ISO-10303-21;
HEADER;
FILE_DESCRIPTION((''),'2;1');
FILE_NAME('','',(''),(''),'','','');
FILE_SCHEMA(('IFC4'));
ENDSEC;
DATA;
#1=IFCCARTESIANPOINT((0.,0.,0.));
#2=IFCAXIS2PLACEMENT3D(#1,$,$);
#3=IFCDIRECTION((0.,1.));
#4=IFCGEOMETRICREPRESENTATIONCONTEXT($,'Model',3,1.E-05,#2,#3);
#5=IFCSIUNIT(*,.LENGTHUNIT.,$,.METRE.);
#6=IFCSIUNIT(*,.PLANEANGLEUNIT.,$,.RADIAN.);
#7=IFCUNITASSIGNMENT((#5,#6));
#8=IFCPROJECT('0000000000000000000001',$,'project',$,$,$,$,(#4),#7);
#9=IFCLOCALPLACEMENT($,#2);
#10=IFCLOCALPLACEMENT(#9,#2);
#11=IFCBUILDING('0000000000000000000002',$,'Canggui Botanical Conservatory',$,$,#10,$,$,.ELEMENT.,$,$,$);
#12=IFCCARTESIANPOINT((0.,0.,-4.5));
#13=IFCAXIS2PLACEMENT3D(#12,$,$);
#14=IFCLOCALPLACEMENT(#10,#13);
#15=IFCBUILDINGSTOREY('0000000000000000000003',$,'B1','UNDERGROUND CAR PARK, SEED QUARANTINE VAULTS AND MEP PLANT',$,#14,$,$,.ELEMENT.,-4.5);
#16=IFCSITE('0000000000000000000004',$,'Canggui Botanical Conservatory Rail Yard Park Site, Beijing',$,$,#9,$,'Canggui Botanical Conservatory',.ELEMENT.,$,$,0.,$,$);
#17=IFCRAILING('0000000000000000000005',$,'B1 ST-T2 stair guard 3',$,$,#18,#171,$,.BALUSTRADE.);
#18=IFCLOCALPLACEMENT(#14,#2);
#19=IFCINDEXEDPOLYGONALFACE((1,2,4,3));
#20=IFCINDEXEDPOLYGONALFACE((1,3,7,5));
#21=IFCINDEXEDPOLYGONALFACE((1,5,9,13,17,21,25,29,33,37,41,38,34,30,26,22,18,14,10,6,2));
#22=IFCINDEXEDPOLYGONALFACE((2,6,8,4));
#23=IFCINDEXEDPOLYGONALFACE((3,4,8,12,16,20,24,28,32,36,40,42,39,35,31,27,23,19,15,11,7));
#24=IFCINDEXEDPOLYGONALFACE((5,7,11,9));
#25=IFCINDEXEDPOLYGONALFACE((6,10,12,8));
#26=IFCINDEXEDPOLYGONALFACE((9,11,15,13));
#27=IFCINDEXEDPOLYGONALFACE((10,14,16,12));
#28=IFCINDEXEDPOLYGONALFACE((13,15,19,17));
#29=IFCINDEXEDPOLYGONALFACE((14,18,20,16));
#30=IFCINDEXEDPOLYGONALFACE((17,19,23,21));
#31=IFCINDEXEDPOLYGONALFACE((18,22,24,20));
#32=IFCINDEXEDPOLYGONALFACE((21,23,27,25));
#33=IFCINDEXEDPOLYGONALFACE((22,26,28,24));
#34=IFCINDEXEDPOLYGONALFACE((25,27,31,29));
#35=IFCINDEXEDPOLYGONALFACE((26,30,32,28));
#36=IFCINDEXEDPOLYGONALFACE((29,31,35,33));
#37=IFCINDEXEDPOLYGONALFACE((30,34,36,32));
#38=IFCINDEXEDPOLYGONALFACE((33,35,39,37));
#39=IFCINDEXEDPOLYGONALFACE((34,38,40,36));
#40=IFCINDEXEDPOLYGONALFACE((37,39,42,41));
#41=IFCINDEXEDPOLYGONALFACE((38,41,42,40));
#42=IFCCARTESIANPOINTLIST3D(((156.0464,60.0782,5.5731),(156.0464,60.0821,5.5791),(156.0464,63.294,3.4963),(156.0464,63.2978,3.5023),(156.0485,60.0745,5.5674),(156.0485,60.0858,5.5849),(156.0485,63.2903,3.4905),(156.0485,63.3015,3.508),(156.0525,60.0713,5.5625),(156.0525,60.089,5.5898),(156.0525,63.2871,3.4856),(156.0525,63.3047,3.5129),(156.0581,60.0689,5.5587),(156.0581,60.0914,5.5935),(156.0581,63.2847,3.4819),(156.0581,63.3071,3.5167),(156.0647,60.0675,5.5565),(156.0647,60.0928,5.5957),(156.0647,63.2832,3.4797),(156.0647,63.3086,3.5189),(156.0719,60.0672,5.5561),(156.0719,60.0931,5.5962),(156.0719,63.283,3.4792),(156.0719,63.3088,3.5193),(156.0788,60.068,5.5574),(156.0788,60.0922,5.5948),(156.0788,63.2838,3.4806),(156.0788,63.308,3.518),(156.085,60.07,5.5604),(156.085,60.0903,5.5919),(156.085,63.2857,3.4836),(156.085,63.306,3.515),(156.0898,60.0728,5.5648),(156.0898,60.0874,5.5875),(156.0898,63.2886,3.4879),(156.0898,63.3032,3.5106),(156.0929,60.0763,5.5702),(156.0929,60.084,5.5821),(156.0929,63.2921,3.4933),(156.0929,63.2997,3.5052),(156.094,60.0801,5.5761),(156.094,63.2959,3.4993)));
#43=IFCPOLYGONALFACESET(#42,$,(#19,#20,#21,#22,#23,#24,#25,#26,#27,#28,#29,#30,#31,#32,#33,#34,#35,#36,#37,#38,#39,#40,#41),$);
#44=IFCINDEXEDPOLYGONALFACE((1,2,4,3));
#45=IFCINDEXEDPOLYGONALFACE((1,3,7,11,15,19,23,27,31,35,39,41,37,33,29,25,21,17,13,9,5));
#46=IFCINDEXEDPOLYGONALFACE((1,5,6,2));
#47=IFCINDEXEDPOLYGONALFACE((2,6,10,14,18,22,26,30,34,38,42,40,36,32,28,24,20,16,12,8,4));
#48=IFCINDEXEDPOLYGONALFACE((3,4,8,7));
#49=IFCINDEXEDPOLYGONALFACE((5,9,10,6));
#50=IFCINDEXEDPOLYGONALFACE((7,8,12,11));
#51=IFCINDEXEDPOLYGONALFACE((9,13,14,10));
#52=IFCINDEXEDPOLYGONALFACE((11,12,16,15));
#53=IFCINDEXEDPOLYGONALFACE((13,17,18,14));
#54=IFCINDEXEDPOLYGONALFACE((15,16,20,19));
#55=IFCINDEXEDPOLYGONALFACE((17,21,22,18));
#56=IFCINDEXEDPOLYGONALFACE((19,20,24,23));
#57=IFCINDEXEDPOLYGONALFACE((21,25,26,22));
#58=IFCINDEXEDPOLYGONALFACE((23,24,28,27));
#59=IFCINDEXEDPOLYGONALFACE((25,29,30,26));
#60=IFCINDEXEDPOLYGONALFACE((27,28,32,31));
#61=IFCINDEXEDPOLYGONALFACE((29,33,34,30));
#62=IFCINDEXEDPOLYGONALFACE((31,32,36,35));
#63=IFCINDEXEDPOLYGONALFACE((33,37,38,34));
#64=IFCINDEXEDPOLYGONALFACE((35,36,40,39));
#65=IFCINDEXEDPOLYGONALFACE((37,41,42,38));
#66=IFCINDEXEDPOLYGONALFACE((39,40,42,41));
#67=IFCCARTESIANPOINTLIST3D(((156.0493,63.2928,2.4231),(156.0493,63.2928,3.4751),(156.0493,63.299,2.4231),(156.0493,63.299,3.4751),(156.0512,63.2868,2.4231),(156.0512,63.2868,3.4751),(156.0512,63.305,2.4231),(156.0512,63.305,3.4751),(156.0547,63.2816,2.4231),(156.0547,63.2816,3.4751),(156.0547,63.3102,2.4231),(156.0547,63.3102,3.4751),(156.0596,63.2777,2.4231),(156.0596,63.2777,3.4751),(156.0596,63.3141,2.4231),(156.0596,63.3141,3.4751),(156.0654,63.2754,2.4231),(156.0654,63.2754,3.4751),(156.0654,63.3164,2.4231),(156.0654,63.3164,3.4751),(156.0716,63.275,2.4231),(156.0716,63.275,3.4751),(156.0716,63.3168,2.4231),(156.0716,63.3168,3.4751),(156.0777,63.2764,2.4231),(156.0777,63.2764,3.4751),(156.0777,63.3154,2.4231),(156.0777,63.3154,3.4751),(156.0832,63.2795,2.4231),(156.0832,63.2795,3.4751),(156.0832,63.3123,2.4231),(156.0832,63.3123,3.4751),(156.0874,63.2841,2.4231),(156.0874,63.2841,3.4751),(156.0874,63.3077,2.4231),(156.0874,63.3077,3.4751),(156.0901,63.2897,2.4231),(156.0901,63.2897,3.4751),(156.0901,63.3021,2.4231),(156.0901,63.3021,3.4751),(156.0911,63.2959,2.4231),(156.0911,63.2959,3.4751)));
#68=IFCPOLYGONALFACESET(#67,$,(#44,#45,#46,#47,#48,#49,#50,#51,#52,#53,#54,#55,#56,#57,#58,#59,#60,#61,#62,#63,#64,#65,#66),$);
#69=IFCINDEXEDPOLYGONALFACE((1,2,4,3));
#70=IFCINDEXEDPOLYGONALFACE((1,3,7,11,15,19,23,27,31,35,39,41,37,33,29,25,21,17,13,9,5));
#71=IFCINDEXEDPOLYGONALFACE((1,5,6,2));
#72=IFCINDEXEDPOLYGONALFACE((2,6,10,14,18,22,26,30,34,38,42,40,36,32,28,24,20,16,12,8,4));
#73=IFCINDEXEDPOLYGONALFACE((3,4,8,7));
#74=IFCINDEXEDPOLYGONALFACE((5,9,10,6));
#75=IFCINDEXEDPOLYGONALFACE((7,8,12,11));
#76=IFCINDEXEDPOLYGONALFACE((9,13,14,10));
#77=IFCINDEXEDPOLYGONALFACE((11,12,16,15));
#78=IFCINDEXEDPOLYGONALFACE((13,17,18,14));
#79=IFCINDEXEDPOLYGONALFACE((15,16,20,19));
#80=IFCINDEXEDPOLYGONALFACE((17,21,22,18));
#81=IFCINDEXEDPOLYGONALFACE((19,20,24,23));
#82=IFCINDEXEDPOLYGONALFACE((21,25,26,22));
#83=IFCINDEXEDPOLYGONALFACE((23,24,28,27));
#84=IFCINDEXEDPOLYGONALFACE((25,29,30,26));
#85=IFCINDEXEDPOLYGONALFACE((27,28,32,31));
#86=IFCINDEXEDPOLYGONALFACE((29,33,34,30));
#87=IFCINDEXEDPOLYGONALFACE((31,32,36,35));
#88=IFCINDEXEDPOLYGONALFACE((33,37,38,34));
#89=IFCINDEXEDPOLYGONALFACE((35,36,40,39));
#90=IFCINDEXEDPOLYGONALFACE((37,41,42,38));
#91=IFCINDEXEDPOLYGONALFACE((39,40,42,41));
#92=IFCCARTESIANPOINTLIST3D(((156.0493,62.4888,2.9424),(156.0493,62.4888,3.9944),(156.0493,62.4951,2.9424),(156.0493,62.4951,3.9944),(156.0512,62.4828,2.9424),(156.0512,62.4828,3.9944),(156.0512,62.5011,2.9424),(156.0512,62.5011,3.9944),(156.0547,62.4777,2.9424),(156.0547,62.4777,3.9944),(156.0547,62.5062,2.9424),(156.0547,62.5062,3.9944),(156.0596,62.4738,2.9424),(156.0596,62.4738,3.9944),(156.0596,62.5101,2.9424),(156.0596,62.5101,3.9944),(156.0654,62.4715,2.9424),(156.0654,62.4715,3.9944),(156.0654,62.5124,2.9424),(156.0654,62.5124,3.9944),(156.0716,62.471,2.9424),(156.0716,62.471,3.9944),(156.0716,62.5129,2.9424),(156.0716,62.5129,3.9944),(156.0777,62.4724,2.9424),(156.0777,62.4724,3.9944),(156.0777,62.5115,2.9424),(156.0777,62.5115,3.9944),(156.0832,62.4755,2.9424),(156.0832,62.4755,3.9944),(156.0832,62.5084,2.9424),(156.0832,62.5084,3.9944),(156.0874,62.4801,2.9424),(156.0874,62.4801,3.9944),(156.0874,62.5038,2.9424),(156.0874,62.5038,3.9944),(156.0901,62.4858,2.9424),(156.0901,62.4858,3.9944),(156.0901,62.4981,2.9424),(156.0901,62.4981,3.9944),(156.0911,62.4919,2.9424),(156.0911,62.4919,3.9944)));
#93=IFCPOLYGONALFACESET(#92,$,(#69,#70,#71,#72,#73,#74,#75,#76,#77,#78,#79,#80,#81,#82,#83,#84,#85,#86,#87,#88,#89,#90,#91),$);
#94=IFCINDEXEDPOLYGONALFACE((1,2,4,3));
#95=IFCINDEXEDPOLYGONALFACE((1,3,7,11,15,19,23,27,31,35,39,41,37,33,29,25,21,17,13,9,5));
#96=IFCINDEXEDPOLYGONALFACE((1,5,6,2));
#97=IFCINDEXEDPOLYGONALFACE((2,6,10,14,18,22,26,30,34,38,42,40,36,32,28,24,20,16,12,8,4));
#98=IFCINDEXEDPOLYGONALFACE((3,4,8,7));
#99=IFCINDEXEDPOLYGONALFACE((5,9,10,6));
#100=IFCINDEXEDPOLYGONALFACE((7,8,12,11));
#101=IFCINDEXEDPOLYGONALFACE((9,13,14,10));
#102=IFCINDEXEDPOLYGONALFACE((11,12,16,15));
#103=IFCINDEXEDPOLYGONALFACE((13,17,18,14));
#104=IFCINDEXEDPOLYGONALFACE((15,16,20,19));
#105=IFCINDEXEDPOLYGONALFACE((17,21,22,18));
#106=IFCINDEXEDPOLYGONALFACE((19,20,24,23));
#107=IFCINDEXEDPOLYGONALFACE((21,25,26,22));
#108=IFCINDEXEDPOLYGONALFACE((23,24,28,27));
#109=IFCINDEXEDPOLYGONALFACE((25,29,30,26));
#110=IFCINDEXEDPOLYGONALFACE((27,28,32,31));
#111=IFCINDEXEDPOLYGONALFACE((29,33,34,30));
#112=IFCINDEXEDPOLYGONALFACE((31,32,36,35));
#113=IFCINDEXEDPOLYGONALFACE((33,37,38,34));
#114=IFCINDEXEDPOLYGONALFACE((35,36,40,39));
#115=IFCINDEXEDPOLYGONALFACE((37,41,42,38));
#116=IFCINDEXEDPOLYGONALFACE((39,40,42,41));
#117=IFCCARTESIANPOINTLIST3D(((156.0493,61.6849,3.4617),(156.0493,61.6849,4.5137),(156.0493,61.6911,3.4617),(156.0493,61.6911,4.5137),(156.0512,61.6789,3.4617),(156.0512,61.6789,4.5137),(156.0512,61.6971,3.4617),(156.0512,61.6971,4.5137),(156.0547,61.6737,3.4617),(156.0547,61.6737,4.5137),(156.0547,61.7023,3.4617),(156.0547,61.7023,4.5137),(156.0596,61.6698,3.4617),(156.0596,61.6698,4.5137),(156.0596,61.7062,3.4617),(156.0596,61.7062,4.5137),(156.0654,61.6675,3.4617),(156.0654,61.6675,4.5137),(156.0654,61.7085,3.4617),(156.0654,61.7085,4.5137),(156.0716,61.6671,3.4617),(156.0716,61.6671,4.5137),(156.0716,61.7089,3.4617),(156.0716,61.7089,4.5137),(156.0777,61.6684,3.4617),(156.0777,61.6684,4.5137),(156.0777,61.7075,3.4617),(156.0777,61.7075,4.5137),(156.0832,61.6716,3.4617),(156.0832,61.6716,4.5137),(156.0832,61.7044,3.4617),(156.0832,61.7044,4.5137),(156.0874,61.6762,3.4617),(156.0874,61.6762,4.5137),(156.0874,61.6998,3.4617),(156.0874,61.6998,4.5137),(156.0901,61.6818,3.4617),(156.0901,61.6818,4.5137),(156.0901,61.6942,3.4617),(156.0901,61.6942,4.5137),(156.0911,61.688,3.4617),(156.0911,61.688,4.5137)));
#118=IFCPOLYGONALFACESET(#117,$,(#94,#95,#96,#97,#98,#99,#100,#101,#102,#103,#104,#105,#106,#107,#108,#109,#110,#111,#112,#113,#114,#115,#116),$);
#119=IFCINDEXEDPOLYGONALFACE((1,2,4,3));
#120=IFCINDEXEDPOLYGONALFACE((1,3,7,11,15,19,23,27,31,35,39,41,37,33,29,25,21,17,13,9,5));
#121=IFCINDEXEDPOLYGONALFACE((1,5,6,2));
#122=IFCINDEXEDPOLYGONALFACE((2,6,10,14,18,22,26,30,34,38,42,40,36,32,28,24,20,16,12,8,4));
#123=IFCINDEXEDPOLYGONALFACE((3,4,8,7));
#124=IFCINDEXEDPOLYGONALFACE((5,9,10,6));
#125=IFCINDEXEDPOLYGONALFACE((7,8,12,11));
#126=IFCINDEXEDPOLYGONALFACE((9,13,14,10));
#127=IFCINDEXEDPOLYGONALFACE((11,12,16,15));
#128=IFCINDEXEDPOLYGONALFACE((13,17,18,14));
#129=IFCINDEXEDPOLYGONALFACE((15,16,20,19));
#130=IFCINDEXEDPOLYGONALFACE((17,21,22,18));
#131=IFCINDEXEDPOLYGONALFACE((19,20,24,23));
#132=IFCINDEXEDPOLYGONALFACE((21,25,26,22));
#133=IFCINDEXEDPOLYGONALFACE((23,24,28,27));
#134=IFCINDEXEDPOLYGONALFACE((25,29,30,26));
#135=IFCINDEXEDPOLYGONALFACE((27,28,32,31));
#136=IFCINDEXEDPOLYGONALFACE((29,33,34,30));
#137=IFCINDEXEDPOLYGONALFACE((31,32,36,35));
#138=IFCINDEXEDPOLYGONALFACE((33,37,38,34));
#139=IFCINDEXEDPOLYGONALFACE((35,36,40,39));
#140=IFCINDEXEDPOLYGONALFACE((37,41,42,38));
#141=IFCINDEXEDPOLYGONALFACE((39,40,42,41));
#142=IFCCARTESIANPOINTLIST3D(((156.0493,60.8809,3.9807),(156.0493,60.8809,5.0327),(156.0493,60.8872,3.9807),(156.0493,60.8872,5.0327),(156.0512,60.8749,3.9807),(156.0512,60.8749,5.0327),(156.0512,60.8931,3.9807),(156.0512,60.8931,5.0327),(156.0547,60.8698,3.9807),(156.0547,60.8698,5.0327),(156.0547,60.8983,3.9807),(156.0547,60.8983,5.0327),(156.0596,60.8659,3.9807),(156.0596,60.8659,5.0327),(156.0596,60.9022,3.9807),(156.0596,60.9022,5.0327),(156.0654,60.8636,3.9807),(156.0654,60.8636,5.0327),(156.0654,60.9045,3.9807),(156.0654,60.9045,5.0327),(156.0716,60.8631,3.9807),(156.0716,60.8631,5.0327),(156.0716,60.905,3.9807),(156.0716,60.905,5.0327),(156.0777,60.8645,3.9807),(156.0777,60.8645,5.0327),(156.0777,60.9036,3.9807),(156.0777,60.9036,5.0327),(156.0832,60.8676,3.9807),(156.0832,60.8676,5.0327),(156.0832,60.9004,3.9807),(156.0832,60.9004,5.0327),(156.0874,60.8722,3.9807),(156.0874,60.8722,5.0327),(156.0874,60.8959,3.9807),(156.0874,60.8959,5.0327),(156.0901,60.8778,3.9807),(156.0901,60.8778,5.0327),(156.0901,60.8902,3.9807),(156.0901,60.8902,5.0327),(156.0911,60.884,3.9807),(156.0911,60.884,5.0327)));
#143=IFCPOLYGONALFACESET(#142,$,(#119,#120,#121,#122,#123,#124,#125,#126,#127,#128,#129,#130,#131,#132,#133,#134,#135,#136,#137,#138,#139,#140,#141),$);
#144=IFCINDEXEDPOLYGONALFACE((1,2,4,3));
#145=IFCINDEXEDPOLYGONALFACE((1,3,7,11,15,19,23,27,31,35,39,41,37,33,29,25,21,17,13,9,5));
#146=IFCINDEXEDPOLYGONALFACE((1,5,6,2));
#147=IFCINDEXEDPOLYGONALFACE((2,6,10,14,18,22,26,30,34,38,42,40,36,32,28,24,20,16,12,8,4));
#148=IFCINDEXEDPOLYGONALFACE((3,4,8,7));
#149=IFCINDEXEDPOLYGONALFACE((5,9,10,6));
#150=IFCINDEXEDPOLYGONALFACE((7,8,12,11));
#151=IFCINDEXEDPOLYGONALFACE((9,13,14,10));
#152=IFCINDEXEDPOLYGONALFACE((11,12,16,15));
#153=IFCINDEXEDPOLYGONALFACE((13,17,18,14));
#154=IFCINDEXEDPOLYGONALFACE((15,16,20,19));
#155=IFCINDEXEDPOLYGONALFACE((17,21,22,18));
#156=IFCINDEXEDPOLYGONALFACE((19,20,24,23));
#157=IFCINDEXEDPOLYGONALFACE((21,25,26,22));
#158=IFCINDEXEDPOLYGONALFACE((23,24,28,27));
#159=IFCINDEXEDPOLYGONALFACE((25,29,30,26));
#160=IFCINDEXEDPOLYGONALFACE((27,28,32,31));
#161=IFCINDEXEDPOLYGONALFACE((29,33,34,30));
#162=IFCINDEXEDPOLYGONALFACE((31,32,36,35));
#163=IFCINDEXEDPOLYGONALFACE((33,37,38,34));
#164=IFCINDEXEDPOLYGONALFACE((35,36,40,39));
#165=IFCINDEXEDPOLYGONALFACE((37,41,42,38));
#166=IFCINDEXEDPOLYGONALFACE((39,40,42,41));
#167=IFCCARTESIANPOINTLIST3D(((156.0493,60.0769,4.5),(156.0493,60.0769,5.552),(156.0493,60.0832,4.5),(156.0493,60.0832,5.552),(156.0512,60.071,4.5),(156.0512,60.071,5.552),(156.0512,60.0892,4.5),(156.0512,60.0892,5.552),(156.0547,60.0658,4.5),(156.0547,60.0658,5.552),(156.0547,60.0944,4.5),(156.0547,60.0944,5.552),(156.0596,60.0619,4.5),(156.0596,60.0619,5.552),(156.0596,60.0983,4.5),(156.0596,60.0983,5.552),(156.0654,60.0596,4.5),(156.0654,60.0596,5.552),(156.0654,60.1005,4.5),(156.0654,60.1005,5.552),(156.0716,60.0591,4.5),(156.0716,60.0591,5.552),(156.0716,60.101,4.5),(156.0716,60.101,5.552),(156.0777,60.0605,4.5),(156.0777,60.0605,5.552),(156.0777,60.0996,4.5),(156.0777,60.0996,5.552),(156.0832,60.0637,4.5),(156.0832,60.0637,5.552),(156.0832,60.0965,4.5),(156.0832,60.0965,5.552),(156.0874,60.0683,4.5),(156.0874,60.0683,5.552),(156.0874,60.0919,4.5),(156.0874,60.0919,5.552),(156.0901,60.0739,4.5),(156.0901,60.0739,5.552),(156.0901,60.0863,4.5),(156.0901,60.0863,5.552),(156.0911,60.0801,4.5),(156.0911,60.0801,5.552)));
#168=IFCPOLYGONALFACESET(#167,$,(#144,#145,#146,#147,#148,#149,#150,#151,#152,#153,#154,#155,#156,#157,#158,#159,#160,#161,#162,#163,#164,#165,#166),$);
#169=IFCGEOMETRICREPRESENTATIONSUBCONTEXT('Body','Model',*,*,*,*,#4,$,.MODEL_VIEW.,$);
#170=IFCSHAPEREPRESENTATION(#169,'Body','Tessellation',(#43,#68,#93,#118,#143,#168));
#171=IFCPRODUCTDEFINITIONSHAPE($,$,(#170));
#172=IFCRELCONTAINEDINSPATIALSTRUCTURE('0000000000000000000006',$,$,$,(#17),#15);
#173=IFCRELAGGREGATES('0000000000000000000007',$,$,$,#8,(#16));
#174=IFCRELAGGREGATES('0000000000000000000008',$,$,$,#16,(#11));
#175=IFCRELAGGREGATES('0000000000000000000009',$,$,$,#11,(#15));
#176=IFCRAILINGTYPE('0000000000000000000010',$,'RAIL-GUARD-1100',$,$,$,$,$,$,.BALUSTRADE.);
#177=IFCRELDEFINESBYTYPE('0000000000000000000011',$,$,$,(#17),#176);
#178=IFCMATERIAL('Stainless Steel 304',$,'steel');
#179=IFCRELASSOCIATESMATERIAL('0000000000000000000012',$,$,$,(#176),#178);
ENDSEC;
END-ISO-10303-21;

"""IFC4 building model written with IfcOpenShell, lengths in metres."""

from ifc_helpers import new_model, si_unit, direction, frame, origin, origin_2d, place, context, subcontext, project, spatial, circle, extrude, material, type_object, element, save


model = new_model("IFC4")

# Units and contexts
model_context = context("Model", 3, precision=1e-05, world=origin(), true_north=direction((0.0, 1.0)))
body_context = subcontext(model_context, "Body", "Model", "MODEL_VIEW")
ifc_project = project(units=[si_unit("LENGTHUNIT", "METRE"), si_unit("PLANEANGLEUNIT", "RADIAN")], contexts=[model_context])

# Site, building, storey
site_placement = place(None, origin())
site = spatial("IfcSite", under=ifc_project, at=site_placement, Name="Canggui Botanical Conservatory Rail Yard Park Site, Beijing", LongName="Canggui Botanical Conservatory", CompositionType="ELEMENT", RefElevation=0.0)
building_placement = place(site_placement, origin())
building = spatial("IfcBuilding", under=site, at=building_placement, Name="Canggui Botanical Conservatory", CompositionType="ELEMENT")
storey_placement = place(building_placement, frame((0.0, 0.0, -4.5)))
storey = spatial("IfcBuildingStorey", under=building, at=storey_placement, Name="B1", Description="UNDERGROUND CAR PARK, SEED QUARANTINE VAULTS AND MEP PLANT", CompositionType="ELEMENT", Elevation=-4.5)

# Railing
ifc_material_1 = material(Name="Stainless Steel 304", Category="steel")
railing_type_1 = type_object("IfcRailingType", Name="RAIL-GUARD-1100", PredefinedType="BALUSTRADE", material=ifc_material_1)
railing_1_placement = place(storey_placement, frame((156.0701, 63.2959, 2.4231)))
element("IfcRailing", 1, at=railing_1_placement, inside=storey, type_object=railing_type_1, Name="B1 ST-T2 stair guard 3", PredefinedType="BALUSTRADE", context=body_context, shape_type="SweptSolid", body=[
    extrude(circle(Radius=0.0239, at=origin_2d()), frame((0.0, 0.0, 1.0762), z_axis=(0.0, -0.840037, 0.542529), x_axis=(1.0, 0.0, 0.0)), (0.0, 0.0, 1.0), 3.8281),
    extrude(circle(Radius=0.021, at=origin_2d()), origin(), (0.0, 0.0, 1.0), 1.052),
    extrude(circle(Radius=0.021, at=origin_2d()), frame((0.0, -0.804, 0.5193)), (0.0, 0.0, 1.0), 1.052),
    extrude(circle(Radius=0.021, at=origin_2d()), frame((0.0, -1.6079, 1.0386)), (0.0, 0.0, 1.0), 1.052),
    extrude(circle(Radius=0.021, at=origin_2d()), frame((0.0, -2.4119, 1.5576)), (0.0, 0.0, 1.0), 1.052),
    extrude(circle(Radius=0.021, at=origin_2d()), frame((0.0, -3.2158, 2.0769)), (0.0, 0.0, 1.0), 1.052),
])

save(model, "model.ifc")
